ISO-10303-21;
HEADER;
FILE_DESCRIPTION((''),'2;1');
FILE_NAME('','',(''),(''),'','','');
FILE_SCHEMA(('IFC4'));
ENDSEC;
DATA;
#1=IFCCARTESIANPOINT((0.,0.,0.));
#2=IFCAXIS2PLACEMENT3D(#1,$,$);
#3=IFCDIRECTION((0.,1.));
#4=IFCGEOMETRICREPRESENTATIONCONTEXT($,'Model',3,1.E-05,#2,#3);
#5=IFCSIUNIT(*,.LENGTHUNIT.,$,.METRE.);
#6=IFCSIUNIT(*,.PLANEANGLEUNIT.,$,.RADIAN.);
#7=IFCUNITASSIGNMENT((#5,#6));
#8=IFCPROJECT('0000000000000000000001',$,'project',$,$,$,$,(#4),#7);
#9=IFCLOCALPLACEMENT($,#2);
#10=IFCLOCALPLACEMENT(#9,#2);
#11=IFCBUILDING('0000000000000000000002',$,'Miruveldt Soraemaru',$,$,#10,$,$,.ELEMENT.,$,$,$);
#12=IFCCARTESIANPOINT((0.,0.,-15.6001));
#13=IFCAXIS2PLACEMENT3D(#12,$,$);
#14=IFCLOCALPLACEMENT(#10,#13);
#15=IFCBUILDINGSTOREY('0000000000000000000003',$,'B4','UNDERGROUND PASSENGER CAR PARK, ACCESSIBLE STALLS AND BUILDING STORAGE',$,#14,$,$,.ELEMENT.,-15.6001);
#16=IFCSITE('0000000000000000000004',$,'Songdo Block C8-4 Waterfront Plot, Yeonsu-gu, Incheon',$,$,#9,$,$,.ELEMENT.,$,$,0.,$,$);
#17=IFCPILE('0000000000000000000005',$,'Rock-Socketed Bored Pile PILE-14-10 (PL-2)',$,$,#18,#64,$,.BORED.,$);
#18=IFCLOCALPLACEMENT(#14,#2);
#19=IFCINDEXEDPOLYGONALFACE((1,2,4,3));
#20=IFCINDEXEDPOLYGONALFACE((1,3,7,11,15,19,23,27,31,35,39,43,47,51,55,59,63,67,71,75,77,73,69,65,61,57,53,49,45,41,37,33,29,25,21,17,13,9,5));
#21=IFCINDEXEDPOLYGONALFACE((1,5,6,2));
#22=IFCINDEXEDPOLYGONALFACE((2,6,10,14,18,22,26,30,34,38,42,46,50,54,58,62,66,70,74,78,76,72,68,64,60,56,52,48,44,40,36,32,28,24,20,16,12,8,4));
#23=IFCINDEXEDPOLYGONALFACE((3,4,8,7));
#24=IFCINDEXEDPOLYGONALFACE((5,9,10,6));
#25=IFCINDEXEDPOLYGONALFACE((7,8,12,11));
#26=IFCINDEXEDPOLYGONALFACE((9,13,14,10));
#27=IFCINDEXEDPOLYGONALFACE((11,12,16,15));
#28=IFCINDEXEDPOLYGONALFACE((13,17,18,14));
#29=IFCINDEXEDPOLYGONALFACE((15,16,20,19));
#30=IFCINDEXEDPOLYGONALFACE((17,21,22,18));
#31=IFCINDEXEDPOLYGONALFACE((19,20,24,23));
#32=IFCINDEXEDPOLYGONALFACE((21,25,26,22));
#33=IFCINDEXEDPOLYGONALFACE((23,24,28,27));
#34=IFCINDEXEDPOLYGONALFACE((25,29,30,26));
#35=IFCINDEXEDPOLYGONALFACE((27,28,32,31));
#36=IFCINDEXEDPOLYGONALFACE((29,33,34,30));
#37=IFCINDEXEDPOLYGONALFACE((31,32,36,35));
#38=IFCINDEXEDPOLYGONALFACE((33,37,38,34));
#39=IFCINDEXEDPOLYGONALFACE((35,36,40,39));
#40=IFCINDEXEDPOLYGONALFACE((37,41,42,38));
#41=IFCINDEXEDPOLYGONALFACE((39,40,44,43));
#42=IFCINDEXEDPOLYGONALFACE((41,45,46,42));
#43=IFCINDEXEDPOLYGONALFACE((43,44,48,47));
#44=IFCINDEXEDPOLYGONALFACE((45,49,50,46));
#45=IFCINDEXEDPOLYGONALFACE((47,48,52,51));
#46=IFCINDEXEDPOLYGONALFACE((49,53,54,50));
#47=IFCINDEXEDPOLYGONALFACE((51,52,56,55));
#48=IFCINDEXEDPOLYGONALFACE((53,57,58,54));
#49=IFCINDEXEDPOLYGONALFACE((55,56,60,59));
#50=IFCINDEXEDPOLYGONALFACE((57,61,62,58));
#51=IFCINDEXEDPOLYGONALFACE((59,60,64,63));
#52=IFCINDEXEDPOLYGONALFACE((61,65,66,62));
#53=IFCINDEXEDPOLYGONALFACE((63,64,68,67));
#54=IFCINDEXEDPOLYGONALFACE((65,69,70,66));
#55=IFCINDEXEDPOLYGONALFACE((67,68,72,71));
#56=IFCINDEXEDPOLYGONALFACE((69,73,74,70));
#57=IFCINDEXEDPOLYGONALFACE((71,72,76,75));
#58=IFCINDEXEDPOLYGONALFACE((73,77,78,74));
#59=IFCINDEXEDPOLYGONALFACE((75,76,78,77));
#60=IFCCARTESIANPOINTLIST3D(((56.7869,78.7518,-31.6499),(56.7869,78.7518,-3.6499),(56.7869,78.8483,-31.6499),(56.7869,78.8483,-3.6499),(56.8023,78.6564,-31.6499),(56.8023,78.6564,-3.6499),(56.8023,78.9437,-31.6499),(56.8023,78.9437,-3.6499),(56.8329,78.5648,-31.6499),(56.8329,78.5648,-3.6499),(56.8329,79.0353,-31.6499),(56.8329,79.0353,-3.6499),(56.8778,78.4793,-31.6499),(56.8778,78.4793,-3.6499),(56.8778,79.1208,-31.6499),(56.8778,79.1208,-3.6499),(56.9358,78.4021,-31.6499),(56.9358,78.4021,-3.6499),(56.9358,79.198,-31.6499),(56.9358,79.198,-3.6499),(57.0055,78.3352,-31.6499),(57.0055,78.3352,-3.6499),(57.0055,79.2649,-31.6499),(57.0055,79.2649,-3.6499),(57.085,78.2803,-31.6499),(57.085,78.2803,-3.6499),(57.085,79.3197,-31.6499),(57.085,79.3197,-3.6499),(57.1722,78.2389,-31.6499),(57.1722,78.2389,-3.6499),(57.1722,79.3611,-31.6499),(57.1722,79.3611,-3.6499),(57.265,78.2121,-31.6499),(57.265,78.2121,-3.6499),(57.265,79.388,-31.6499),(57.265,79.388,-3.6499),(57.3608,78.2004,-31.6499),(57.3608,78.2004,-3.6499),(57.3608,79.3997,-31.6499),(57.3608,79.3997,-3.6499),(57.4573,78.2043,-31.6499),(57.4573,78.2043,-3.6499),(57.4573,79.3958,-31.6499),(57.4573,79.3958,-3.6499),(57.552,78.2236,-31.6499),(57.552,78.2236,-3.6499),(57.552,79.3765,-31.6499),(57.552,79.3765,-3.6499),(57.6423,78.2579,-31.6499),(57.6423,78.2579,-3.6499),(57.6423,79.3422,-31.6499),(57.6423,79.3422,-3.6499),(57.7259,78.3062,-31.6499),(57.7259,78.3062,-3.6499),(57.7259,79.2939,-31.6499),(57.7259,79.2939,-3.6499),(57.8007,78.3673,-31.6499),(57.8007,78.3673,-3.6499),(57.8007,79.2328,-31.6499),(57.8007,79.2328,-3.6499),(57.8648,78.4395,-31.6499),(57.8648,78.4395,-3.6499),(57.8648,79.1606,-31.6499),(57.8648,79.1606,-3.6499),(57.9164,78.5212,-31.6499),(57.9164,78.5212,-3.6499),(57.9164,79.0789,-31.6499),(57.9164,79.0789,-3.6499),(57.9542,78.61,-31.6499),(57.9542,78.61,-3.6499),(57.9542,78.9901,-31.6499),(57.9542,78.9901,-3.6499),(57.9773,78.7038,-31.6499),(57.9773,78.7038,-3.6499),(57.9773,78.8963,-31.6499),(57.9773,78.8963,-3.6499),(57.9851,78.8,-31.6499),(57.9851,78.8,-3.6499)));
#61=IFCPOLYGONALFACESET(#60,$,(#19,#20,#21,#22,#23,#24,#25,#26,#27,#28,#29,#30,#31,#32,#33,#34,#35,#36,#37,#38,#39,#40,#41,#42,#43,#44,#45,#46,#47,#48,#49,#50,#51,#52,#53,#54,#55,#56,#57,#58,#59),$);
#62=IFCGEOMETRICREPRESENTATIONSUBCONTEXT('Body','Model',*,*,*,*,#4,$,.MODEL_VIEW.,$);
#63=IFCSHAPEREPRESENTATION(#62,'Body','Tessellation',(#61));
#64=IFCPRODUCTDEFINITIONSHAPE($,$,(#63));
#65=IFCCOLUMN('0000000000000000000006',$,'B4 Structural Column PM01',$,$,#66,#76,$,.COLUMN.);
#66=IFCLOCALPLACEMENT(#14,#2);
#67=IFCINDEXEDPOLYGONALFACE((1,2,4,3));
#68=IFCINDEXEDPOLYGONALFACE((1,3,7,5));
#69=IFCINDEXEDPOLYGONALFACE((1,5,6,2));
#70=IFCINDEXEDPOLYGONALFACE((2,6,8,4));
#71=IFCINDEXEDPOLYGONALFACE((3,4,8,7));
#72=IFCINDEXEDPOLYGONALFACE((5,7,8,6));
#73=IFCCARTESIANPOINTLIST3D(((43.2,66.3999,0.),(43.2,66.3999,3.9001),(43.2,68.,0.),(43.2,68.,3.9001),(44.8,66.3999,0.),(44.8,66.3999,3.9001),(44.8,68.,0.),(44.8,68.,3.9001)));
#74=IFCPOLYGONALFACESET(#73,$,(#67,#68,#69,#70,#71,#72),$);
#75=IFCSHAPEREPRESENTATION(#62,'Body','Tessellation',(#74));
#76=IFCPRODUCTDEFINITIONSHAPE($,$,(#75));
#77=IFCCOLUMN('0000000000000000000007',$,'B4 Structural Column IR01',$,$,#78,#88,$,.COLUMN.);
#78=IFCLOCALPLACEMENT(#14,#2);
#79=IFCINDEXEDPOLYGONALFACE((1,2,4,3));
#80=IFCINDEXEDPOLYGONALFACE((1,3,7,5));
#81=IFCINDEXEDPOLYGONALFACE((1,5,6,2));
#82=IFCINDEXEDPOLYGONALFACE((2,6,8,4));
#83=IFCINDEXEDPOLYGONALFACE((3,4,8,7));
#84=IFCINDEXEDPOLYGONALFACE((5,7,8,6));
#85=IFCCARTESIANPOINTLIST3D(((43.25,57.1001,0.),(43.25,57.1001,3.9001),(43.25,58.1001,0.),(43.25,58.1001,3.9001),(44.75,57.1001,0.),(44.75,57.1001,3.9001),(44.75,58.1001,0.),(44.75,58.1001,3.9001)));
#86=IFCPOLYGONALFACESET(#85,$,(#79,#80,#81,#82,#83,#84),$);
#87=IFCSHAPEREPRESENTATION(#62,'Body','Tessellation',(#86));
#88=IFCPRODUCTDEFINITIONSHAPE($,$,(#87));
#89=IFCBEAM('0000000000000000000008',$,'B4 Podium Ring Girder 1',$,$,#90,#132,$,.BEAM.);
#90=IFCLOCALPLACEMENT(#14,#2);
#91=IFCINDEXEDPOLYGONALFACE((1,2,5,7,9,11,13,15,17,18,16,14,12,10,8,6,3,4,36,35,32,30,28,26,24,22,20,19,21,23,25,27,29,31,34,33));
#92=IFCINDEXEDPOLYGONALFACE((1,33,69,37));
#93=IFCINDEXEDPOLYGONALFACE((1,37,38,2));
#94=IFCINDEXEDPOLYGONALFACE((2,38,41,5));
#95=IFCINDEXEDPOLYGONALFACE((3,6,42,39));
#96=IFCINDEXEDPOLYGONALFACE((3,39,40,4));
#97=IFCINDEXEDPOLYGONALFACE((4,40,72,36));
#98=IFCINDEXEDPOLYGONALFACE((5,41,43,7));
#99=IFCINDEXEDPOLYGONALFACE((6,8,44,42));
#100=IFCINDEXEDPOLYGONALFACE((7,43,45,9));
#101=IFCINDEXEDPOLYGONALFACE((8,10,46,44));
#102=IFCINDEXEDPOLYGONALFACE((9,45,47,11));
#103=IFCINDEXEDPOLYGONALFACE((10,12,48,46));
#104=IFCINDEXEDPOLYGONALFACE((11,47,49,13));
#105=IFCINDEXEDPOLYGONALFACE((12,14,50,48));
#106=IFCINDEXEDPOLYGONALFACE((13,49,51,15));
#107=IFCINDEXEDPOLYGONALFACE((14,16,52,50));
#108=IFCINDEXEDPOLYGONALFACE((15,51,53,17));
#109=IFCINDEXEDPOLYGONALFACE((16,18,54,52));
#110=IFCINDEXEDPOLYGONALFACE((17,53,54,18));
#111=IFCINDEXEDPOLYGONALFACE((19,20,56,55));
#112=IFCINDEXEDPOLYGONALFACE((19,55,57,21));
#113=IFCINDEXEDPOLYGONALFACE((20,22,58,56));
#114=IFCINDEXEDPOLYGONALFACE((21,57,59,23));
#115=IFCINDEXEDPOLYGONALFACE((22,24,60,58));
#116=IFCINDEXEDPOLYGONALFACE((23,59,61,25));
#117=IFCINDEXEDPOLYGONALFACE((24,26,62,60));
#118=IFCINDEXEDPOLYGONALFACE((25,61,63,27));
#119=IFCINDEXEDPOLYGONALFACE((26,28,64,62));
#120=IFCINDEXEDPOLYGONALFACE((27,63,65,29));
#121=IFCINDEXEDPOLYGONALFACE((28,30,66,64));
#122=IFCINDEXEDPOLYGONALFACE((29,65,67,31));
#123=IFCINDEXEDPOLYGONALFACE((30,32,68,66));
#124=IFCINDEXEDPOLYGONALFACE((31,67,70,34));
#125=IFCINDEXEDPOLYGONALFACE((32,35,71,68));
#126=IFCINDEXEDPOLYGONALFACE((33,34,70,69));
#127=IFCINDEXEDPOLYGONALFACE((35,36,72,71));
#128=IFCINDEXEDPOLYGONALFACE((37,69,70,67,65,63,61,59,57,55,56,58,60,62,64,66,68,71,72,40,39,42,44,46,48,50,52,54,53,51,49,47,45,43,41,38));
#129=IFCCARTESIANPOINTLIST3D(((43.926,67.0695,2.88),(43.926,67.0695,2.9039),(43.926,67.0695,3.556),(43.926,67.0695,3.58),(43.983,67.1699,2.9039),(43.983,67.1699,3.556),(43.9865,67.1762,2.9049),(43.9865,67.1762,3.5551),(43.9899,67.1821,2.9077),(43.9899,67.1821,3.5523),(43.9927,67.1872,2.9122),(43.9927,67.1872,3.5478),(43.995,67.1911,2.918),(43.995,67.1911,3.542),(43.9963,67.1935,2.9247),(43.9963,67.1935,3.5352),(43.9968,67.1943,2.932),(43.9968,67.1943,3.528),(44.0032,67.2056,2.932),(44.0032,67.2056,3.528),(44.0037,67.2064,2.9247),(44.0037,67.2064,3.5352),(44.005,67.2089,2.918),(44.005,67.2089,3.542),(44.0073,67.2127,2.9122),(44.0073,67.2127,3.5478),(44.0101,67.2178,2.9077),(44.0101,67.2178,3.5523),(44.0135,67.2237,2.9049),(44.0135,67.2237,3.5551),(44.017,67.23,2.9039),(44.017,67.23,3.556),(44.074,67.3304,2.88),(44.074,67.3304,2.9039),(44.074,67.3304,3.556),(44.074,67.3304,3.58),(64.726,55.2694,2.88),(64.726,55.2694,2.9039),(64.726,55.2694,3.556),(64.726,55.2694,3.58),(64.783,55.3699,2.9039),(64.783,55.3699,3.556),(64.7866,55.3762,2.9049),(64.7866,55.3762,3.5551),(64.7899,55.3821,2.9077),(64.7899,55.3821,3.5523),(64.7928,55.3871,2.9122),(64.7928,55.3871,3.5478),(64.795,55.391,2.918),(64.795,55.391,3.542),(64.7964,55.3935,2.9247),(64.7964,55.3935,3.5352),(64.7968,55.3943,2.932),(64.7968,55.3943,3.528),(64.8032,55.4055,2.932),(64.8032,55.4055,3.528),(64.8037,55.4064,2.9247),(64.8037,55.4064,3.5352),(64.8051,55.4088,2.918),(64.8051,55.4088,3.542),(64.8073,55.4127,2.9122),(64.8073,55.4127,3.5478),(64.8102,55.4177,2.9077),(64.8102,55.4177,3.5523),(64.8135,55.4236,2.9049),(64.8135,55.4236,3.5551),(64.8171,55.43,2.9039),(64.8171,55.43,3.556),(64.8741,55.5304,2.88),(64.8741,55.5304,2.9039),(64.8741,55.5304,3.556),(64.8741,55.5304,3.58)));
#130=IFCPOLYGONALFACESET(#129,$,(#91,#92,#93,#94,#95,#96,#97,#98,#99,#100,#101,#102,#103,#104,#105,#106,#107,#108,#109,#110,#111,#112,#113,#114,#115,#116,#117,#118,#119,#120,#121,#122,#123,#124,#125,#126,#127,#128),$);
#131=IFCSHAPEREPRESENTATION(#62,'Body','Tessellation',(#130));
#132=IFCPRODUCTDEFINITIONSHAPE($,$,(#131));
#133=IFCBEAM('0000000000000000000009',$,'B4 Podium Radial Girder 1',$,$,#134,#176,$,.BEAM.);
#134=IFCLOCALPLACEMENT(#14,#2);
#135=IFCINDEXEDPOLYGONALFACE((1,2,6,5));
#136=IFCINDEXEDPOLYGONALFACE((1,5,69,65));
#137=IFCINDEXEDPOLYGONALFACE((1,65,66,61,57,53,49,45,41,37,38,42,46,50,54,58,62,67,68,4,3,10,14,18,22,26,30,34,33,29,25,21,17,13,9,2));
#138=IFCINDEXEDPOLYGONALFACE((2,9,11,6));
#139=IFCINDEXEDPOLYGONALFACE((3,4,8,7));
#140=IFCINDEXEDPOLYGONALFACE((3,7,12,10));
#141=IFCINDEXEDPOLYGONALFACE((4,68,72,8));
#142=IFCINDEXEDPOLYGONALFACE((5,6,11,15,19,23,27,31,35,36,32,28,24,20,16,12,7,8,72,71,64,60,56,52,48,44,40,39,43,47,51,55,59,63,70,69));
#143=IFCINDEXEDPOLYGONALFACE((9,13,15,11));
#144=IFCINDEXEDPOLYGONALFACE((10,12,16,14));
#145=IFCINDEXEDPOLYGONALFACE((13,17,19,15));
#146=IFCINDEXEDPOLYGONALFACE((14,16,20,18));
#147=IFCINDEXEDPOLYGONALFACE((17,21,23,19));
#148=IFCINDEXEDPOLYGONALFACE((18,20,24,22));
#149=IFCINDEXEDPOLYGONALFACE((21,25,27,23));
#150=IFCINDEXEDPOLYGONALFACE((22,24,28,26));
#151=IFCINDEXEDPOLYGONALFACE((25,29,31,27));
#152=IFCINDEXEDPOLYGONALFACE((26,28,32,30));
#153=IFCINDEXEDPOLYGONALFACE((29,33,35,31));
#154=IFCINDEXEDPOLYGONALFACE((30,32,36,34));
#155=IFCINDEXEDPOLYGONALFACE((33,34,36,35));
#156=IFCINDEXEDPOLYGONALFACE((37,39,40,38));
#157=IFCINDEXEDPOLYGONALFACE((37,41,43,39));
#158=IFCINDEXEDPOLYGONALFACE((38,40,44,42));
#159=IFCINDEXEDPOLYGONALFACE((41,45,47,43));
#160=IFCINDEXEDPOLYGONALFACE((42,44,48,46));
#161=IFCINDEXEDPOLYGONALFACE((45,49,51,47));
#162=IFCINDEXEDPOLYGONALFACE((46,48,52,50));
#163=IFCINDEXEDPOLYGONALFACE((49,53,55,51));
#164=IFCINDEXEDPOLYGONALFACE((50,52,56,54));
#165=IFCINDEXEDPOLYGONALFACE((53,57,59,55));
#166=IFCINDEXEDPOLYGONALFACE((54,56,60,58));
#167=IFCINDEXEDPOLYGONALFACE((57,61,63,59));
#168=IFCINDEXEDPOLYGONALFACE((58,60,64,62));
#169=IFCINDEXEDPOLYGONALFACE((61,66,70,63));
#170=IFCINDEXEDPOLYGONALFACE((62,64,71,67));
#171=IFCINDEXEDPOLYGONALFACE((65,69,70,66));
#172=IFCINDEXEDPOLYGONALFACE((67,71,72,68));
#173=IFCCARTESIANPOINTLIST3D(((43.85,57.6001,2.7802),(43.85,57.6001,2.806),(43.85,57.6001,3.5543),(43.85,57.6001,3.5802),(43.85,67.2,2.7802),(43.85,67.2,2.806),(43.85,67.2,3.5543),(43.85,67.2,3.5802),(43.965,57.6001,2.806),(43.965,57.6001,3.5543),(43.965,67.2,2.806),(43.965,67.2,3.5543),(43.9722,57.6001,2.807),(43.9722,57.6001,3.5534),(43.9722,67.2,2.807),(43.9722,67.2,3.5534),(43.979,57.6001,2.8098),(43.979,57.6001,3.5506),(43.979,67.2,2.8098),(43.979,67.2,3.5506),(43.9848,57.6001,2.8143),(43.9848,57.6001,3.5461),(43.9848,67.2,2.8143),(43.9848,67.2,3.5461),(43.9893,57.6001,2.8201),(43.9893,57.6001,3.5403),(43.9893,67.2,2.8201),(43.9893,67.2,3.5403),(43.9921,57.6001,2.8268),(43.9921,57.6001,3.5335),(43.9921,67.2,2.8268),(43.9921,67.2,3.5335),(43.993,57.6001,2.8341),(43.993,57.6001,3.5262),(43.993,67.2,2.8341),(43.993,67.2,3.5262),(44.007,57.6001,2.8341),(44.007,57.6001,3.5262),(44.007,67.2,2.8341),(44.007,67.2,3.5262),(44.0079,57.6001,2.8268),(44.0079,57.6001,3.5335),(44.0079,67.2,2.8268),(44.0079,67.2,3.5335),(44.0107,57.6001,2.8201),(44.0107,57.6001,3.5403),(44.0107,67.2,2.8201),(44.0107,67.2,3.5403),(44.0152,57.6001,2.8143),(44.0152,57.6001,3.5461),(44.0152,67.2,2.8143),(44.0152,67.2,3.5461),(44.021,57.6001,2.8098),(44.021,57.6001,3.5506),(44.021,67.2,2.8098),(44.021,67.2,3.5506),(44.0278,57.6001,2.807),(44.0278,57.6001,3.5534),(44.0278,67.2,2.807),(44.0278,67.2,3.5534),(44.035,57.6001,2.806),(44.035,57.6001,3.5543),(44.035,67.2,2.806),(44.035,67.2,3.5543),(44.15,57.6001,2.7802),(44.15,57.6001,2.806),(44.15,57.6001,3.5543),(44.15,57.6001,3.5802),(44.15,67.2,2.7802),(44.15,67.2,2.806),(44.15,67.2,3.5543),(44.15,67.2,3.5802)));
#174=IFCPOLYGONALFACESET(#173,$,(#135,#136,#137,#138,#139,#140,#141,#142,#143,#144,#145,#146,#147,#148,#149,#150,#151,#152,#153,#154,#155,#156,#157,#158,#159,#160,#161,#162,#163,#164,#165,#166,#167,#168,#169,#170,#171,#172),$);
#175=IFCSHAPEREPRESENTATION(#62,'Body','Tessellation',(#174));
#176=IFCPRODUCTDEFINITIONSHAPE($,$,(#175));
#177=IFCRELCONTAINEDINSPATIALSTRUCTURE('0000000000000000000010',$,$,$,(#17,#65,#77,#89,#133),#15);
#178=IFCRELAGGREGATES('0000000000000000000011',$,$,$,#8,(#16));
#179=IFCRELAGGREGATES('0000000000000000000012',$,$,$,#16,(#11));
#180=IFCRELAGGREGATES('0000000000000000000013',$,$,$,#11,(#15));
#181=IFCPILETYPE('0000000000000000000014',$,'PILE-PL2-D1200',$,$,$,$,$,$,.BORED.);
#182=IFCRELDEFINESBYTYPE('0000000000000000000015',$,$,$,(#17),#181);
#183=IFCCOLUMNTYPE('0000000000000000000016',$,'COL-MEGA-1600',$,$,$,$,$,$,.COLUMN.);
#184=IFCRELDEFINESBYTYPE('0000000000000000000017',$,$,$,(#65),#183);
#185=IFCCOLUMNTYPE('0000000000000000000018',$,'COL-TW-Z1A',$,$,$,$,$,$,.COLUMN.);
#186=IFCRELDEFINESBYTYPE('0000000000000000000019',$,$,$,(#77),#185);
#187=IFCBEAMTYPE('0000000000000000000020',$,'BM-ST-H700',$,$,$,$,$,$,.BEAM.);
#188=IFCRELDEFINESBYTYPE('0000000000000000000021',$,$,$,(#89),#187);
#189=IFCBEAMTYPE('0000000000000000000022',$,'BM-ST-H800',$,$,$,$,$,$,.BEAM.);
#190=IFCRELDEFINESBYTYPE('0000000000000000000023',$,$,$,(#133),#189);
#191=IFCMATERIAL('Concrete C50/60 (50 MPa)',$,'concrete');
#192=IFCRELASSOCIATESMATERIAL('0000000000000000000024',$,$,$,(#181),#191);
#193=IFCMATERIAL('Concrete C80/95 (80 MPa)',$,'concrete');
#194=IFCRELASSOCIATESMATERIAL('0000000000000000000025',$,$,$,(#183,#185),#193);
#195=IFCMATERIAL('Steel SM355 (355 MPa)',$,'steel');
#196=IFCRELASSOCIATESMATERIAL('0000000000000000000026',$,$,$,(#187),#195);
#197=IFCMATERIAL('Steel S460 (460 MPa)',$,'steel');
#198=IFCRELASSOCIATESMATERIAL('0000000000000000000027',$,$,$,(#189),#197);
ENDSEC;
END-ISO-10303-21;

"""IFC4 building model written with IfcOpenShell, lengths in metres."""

from ifc_helpers import new_model, si_unit, direction, frame, origin, origin_2d, place, context, subcontext, project, spatial, rectangle, circle, i_section, extrude, material, material_profile, profile_set, type_object, element, save


model = new_model("IFC4")

# Units and contexts
model_context = context("Model", 3, precision=1e-05, world=origin(), true_north=direction((0.0, 1.0)))
body_context = subcontext(model_context, "Body", "Model", "MODEL_VIEW")
ifc_project = project(units=[si_unit("LENGTHUNIT", "METRE"), si_unit("PLANEANGLEUNIT", "RADIAN")], contexts=[model_context])

# Site, building, storey
site_placement = place(None, origin())
site = spatial("IfcSite", under=ifc_project, at=site_placement, Name="Songdo Block C8-4 Waterfront Plot, Yeonsu-gu, Incheon", CompositionType="ELEMENT", RefElevation=0.0)
building_placement = place(site_placement, origin())
building = spatial("IfcBuilding", under=site, at=building_placement, Name="Miruveldt Soraemaru", CompositionType="ELEMENT")
storey_placement = place(building_placement, frame((0.0, 0.0, -15.6001)))
storey = spatial("IfcBuildingStorey", under=building, at=storey_placement, Name="B4", Description="UNDERGROUND PASSENGER CAR PARK, ACCESSIBLE STALLS AND BUILDING STORAGE", CompositionType="ELEMENT", Elevation=-15.6001)

# Pile
ifc_material_1 = material(Name="Concrete C50/60 (50 MPa)", Category="concrete")
ifc_material_profile_1 = material_profile(ifc_material_1, circle(Radius=0.6001, at=origin_2d()), Name="Concrete C50/60 (50 MPa)", Category="concrete")
ifc_profile_set_1 = profile_set([ifc_material_profile_1], Name="Concrete C50/60 (50 MPa)")
pile_type_1 = type_object("IfcPileType", Name="PILE-PL2-D1200", PredefinedType="BORED", material=ifc_profile_set_1)
for number, where, z_axis, x_axis, name in (
    (1, (57.385, 78.8, -3.6499), (0.0, 0.0, -1.0), (1.0, 0.0, 0.0), "Rock-Socketed Bored Pile PILE-14-10 (PL-2)"),
):
    element("IfcPile", number, at=place(storey_placement, frame(where, z_axis=z_axis, x_axis=x_axis)), inside=storey, type_object=pile_type_1, Name=name, PredefinedType="BORED", context=body_context, shape_type="SweptSolid", body=[
        extrude(circle(Radius=0.6001, at=origin_2d()), origin(), (0.0, 0.0, 1.0), 28.0),
    ])

# Columns
ifc_material_2 = material(Name="Concrete C80/95 (80 MPa)", Category="concrete")
ifc_material_profile_2 = material_profile(ifc_material_2, rectangle(XDim=1.6001, YDim=1.6001, at=origin_2d()), Name="Concrete C80/95 (80 MPa)", Category="concrete")
ifc_profile_set_2 = profile_set([ifc_material_profile_2], Name="Concrete C80/95 (80 MPa)")
column_type_1 = type_object("IfcColumnType", Name="COL-MEGA-1600", PredefinedType="COLUMN", material=ifc_profile_set_2)
column_1_placement = place(storey_placement, frame((44.0, 67.2, 0.0), z_axis=(0.0, 0.0, 1.0), x_axis=(1.0, 0.0, 0.0)))
element("IfcColumn", 2, at=column_1_placement, inside=storey, type_object=column_type_1, Name="B4 Structural Column PM01", PredefinedType="COLUMN", context=body_context, shape_type="SweptSolid", body=[
    extrude(rectangle(XDim=1.6001, YDim=1.6001, at=origin_2d()), origin(), (0.0, 0.0, 1.0), 3.9001),
])
ifc_material_profile_3 = material_profile(ifc_material_2, rectangle(XDim=1.5, YDim=1.0, at=origin_2d()), Name="Concrete C80/95 (80 MPa)", Category="concrete")
ifc_profile_set_3 = profile_set([ifc_material_profile_3], Name="Concrete C80/95 (80 MPa)")
column_type_2 = type_object("IfcColumnType", Name="COL-TW-Z1A", PredefinedType="COLUMN", material=ifc_profile_set_3)
column_2_placement = place(storey_placement, frame((44.0, 57.6001, 0.0), z_axis=(0.0, 0.0, 1.0), x_axis=(1.0, 0.0, 0.0)))
element("IfcColumn", 3, at=column_2_placement, inside=storey, type_object=column_type_2, Name="B4 Structural Column IR01", PredefinedType="COLUMN", context=body_context, shape_type="SweptSolid", body=[
    extrude(rectangle(XDim=1.5, YDim=1.0, at=origin_2d()), origin(), (0.0, 0.0, 1.0), 3.9001),
])

# Beams
ifc_material_3 = material(Name="Steel SM355 (355 MPa)", Category="steel")
ifc_material_profile_4 = material_profile(ifc_material_3, i_section(OverallWidth=0.3, OverallDepth=0.7, WebThickness=0.0129, FlangeThickness=0.0239, FilletRadius=0.0281, at=origin_2d()), Name="Steel SM355 (355 MPa)", Category="steel")
ifc_profile_set_4 = profile_set([ifc_material_profile_4], Name="Steel SM355 (355 MPa)")
beam_type_1 = type_object("IfcBeamType", Name="BM-ST-H700", PredefinedType="BEAM", material=ifc_profile_set_4)
beam_1_placement = place(storey_placement, frame((44.0, 67.2, 3.23), z_axis=(0.869783, -0.493435, 0.0), x_axis=(0.493435, 0.869783, 0.0)))
element("IfcBeam", 4, at=beam_1_placement, inside=storey, type_object=beam_type_1, Name="B4 Podium Ring Girder 1", PredefinedType="BEAM", context=body_context, shape_type="SweptSolid", body=[
    extrude(i_section(OverallWidth=0.3, OverallDepth=0.7, WebThickness=0.0129, FlangeThickness=0.0239, FilletRadius=0.0281, at=origin_2d()), origin(), (0.0, 0.0, 1.0), 23.9141),
])
ifc_material_4 = material(Name="Steel S460 (460 MPa)", Category="steel")
ifc_material_profile_5 = material_profile(ifc_material_4, i_section(OverallWidth=0.3, OverallDepth=0.8, WebThickness=0.0139, FlangeThickness=0.0259, FilletRadius=0.0281, at=origin_2d()), Name="Steel S460 (460 MPa)", Category="steel")
ifc_profile_set_5 = profile_set([ifc_material_profile_5], Name="Steel S460 (460 MPa)")
beam_type_2 = type_object("IfcBeamType", Name="BM-ST-H800", PredefinedType="BEAM", material=ifc_profile_set_5)
beam_2_placement = place(storey_placement, frame((44.0, 57.6001, 3.1802), z_axis=(0.0, 1.0, 0.0), x_axis=(-1.0, 0.0, 0.0)))
element("IfcBeam", 5, at=beam_2_placement, inside=storey, type_object=beam_type_2, Name="B4 Podium Radial Girder 1", PredefinedType="BEAM", context=body_context, shape_type="SweptSolid", body=[
    extrude(i_section(OverallWidth=0.3, OverallDepth=0.8, WebThickness=0.0139, FlangeThickness=0.0259, FilletRadius=0.0281, at=origin_2d()), origin(), (0.0, 0.0, 1.0), 9.5999),
])

save(model, "model.ifc")
